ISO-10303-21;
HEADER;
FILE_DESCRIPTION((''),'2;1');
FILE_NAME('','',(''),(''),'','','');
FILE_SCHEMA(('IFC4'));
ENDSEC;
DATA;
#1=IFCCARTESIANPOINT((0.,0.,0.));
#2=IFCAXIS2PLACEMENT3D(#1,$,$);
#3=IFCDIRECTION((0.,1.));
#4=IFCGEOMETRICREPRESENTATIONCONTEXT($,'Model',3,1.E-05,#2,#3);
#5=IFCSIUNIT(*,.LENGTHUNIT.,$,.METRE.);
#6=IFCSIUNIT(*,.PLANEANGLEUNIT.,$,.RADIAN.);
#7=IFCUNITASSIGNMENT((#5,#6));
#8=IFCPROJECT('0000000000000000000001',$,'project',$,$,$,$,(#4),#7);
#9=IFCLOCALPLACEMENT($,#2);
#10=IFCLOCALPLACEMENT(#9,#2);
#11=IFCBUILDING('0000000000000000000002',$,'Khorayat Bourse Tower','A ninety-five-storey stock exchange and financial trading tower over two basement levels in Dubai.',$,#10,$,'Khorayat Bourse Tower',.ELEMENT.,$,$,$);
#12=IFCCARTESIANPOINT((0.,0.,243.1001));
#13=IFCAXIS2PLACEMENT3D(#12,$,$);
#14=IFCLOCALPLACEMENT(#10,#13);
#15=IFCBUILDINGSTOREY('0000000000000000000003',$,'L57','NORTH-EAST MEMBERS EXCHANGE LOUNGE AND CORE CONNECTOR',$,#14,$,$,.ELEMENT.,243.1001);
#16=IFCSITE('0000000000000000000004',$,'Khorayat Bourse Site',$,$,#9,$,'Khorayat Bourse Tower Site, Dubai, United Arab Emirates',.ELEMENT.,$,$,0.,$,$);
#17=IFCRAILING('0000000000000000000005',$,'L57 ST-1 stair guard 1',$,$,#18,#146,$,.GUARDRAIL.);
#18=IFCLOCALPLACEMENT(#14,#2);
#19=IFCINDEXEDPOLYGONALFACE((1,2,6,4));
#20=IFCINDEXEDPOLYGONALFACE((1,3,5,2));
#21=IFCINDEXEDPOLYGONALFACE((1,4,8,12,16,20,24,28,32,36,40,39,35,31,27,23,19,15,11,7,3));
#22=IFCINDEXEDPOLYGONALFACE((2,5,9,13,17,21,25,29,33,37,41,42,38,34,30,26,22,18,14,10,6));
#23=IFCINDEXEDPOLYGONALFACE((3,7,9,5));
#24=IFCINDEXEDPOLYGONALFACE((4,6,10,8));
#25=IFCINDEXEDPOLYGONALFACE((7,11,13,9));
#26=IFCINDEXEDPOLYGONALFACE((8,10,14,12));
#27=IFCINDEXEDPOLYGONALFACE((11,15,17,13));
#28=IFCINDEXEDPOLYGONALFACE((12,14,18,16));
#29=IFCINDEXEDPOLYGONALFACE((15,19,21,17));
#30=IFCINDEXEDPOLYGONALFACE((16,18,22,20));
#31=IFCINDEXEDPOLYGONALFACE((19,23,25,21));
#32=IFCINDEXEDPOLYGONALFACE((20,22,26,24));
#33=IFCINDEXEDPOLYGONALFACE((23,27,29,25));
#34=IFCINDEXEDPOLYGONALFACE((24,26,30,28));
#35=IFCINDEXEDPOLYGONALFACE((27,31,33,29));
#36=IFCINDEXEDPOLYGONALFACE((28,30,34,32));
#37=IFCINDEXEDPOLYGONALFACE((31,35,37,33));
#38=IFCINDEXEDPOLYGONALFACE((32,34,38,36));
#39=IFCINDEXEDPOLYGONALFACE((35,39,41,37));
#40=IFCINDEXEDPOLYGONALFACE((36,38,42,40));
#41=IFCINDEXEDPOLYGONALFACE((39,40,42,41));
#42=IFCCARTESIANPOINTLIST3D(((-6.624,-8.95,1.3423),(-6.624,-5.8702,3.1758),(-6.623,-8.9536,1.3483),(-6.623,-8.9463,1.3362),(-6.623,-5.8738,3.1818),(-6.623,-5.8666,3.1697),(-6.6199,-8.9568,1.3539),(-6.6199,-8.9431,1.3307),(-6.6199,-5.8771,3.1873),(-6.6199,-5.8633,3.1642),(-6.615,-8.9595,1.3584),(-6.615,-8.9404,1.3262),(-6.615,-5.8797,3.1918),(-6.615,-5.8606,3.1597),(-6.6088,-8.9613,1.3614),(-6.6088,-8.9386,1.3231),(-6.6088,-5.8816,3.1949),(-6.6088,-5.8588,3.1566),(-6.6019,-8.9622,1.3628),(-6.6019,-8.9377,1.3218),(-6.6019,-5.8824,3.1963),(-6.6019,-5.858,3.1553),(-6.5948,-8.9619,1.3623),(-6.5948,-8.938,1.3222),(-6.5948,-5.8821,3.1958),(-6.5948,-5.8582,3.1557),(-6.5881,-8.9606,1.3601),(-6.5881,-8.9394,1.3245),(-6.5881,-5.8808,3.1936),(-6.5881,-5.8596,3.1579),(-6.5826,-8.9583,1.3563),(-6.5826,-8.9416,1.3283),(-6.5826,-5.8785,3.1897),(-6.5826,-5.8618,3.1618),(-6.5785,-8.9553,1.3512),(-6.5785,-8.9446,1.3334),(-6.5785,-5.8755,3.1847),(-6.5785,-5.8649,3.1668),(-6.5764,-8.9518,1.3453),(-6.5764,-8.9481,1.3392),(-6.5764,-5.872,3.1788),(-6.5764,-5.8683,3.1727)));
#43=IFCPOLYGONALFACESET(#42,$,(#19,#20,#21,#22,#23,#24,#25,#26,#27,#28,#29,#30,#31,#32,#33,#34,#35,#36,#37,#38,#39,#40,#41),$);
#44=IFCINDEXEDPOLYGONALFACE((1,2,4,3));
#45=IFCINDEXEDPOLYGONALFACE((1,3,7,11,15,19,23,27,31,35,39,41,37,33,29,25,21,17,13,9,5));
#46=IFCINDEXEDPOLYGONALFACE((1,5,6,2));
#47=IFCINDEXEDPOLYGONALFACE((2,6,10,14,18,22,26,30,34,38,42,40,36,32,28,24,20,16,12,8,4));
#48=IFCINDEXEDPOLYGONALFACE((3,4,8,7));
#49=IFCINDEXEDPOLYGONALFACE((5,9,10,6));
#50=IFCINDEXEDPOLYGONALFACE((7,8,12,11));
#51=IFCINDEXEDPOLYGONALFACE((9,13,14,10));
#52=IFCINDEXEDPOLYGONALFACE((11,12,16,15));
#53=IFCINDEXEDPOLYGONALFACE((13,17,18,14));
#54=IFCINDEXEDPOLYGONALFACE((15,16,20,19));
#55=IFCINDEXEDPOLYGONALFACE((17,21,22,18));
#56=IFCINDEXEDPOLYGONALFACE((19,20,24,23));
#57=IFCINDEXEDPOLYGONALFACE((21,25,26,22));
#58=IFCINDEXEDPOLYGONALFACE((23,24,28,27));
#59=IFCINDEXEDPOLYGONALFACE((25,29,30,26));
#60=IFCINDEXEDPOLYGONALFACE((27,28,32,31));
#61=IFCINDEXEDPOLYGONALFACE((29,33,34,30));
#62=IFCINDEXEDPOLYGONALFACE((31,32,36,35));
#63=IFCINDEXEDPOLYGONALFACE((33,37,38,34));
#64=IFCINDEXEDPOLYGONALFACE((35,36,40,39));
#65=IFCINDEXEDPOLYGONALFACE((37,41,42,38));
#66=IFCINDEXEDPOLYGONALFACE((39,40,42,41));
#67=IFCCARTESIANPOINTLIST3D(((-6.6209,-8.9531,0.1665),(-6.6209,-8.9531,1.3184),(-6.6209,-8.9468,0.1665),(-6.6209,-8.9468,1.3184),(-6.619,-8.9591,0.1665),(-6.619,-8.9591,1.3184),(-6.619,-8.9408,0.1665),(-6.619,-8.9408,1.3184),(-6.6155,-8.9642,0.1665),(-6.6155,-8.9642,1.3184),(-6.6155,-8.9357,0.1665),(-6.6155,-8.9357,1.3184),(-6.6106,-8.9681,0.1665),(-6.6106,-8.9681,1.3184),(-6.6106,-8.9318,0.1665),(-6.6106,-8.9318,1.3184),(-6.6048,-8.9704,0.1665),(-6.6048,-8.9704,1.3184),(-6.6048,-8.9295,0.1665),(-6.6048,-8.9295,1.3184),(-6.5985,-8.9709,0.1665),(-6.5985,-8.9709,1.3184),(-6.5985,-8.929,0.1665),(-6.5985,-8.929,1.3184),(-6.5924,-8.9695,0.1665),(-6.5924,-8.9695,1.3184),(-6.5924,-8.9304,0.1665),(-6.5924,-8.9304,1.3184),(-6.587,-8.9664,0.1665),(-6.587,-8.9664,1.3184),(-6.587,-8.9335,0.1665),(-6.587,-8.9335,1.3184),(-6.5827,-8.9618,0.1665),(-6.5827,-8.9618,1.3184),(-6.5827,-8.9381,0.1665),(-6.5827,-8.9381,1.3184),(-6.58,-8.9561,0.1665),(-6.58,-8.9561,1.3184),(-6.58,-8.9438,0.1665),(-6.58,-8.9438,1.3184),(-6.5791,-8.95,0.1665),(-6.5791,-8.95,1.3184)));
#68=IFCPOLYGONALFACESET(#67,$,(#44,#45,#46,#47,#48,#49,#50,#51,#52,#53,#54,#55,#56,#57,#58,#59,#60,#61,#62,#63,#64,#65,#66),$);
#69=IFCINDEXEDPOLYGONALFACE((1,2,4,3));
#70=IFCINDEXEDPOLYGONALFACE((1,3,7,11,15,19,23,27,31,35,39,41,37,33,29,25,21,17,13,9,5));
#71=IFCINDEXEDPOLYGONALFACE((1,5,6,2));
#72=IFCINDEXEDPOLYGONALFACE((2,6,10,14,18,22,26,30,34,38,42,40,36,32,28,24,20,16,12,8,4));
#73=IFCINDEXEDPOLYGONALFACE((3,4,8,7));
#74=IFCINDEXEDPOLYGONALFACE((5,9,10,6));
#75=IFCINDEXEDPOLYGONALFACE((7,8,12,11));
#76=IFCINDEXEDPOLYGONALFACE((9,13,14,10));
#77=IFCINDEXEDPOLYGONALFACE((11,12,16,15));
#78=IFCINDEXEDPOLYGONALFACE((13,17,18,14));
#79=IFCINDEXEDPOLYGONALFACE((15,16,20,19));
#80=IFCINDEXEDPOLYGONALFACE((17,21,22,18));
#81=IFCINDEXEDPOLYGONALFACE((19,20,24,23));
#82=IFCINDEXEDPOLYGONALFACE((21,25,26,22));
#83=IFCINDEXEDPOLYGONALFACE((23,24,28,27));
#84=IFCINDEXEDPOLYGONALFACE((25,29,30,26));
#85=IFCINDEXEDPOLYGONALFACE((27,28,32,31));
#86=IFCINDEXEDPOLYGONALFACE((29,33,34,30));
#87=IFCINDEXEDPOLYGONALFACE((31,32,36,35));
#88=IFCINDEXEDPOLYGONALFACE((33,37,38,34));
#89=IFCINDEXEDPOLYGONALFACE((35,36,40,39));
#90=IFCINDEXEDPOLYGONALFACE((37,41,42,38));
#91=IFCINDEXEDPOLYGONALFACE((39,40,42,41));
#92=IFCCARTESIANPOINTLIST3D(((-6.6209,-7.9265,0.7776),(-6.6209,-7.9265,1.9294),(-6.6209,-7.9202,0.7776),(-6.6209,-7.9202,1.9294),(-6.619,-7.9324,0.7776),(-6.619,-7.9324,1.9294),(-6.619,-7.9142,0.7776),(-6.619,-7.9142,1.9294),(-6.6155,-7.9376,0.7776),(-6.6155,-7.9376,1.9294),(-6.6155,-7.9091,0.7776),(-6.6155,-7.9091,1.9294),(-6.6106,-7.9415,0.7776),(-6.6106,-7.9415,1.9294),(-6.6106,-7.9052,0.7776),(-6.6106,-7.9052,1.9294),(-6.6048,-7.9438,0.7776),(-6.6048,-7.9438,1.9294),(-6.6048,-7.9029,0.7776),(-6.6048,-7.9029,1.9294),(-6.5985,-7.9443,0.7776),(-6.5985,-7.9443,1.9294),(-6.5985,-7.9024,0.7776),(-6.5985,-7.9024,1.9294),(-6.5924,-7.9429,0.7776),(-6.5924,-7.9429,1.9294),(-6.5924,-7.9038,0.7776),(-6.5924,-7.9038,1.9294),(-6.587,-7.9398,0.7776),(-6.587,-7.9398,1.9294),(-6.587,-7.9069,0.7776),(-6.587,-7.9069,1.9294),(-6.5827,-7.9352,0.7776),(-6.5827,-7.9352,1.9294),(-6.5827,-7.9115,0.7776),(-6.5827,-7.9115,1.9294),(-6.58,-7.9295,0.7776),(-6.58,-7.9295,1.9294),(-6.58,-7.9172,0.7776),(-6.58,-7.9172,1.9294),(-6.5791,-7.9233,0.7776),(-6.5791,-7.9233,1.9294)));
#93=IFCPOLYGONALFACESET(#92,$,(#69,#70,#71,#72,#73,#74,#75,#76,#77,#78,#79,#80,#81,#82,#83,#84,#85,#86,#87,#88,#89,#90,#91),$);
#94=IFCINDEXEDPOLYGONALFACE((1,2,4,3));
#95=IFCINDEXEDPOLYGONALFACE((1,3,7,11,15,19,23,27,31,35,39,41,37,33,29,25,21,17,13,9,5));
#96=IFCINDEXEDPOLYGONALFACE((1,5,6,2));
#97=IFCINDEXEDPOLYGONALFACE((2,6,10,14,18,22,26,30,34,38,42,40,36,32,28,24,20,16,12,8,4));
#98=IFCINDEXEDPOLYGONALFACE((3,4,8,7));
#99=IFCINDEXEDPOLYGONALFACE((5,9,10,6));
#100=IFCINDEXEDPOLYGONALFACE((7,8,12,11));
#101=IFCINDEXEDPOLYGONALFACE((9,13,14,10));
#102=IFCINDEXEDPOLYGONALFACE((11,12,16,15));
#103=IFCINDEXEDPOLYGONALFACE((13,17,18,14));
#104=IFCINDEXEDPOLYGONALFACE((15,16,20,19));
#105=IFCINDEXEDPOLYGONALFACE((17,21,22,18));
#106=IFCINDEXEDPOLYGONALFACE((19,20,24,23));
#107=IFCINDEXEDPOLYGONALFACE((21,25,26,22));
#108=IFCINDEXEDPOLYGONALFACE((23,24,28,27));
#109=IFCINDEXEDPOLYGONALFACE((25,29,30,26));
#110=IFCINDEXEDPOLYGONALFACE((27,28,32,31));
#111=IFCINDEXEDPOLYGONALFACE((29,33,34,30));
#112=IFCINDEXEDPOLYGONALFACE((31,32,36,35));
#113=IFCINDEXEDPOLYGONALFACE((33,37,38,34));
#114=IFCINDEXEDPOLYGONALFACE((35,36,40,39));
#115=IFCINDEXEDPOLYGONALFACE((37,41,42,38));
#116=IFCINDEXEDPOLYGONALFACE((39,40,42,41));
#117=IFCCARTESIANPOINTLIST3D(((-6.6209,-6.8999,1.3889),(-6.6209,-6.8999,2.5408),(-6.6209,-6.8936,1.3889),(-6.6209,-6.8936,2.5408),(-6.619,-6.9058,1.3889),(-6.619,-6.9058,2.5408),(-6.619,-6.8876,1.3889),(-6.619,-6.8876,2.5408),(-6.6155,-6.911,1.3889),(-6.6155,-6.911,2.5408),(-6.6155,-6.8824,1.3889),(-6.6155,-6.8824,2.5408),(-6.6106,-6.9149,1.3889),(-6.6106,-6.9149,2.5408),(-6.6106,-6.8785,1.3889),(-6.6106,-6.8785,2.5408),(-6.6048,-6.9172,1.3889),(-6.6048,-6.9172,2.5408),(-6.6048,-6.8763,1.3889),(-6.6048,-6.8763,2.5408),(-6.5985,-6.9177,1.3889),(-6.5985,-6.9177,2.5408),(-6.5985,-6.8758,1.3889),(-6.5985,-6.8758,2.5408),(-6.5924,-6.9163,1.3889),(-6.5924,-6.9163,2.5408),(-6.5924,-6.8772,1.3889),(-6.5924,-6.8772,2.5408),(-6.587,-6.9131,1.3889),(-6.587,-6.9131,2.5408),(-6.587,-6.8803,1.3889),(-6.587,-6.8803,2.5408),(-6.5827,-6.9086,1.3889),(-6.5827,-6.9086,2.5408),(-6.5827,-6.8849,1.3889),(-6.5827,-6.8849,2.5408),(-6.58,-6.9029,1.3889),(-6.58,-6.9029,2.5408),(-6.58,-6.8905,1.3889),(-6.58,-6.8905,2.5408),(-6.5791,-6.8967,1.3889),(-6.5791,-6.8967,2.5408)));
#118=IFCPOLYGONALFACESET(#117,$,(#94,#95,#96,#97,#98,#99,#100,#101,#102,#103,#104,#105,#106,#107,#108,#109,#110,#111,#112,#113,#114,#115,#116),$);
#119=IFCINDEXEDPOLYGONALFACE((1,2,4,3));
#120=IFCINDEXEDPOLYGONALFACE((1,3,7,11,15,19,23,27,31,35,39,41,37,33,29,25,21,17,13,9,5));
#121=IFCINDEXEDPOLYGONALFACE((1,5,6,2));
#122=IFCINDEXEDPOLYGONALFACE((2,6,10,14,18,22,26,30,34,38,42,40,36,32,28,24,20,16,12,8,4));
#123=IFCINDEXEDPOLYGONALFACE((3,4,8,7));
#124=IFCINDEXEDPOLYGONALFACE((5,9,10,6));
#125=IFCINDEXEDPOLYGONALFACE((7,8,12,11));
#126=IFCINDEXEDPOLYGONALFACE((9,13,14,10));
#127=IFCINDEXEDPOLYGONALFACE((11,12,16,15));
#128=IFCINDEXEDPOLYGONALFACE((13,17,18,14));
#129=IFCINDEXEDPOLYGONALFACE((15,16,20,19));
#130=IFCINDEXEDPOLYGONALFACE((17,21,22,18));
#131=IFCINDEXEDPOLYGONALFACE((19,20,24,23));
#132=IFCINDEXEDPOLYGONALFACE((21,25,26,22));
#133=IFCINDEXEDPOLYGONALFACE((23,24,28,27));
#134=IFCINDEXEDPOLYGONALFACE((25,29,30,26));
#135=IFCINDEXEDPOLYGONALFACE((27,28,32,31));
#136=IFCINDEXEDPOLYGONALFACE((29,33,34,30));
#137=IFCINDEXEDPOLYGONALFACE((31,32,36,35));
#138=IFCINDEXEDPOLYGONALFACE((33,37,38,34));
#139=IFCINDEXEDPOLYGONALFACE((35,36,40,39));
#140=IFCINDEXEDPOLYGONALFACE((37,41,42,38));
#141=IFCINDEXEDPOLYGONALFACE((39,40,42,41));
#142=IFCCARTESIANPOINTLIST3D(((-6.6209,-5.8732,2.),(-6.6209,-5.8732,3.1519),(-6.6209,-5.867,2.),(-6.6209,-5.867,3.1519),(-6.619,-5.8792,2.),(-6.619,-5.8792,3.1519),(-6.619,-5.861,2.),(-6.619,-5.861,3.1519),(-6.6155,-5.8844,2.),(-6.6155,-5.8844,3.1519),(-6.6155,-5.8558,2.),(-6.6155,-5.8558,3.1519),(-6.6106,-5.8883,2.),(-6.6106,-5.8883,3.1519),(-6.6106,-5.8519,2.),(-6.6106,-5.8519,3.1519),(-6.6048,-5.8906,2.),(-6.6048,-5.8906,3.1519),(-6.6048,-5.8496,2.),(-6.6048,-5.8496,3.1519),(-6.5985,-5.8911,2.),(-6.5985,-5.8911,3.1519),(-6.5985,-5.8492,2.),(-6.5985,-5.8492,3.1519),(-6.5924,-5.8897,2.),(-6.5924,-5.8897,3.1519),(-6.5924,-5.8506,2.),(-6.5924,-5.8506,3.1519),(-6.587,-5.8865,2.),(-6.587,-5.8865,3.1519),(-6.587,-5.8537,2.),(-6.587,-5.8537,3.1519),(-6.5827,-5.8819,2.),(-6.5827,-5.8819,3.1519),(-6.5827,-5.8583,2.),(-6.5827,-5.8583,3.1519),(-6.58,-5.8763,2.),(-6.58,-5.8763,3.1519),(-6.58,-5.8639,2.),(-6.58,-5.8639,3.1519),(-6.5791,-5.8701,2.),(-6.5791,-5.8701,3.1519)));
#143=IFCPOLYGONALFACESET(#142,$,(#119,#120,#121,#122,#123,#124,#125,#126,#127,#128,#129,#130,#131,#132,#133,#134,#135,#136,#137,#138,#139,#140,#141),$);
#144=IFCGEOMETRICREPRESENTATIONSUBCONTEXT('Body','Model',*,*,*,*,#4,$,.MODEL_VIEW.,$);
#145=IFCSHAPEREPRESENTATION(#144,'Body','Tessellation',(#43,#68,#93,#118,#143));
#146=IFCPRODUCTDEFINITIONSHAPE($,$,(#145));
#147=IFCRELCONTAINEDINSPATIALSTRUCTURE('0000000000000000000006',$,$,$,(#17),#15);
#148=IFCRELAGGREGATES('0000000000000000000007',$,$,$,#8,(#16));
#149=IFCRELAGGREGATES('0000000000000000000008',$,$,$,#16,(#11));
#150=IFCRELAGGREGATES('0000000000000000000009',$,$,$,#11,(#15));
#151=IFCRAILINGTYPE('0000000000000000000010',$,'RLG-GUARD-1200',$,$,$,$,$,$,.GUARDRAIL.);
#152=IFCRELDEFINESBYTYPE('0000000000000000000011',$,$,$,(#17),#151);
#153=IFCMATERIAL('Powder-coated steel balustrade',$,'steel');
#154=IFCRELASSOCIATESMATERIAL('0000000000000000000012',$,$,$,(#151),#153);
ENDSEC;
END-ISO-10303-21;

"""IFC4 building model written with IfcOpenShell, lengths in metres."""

from ifc_helpers import new_model, si_unit, direction, frame, origin, origin_2d, place, context, subcontext, project, spatial, circle, extrude, source, transform, mapped, material, type_object, element, save


model = new_model("IFC4")

# Units and contexts
model_context = context("Model", 3, precision=1e-05, world=origin(), true_north=direction((0.0, 1.0)))
body_context = subcontext(model_context, "Body", "Model", "MODEL_VIEW")
ifc_project = project(units=[si_unit("LENGTHUNIT", "METRE"), si_unit("PLANEANGLEUNIT", "RADIAN")], contexts=[model_context])

# Site, building, storey
site_placement = place(None, origin())
site = spatial("IfcSite", under=ifc_project, at=site_placement, Name="Khorayat Bourse Site", LongName="Khorayat Bourse Tower Site, Dubai, United Arab Emirates", CompositionType="ELEMENT", RefElevation=0.0)
building_placement = place(site_placement, origin())
building = spatial("IfcBuilding", under=site, at=building_placement, Name="Khorayat Bourse Tower", Description="A ninety-five-storey stock exchange and financial trading tower over two basement levels in Dubai.", LongName="Khorayat Bourse Tower", CompositionType="ELEMENT")
storey_placement = place(building_placement, frame((0.0, 0.0, 243.1001)))
storey = spatial("IfcBuildingStorey", under=building, at=storey_placement, Name="L57", Description="NORTH-EAST MEMBERS EXCHANGE LOUNGE AND CORE CONNECTOR", CompositionType="ELEMENT", Elevation=243.1001)

# Railing
ifc_material_1 = material(Name="Powder-coated steel balustrade", Category="steel")
railing_type_1 = type_object("IfcRailingType", Name="RLG-GUARD-1200", PredefinedType="GUARDRAIL", material=ifc_material_1)
shared_shape_1 = source(origin(), body_context, "Body", "SweptSolid", [
    extrude(circle(Radius=0.0239, at=origin_2d()), frame((0.0, 0.0, 1.1758), z_axis=(0.0, 0.859261, 0.511538), x_axis=(-1.0, 0.0, 0.0)), (0.0, 0.0, 1.0), 3.5842),
    extrude(circle(Radius=0.021, at=origin_2d()), origin(), (0.0, 0.0, 1.0), 1.1519),
    extrude(circle(Radius=0.021, at=origin_2d()), frame((0.0, 1.0266, 0.6111)), (0.0, 0.0, 1.0), 1.1519),
    extrude(circle(Radius=0.021, at=origin_2d()), frame((0.0, 2.0532, 1.2224)), (0.0, 0.0, 1.0), 1.1519),
    extrude(circle(Radius=0.021, at=origin_2d()), frame((0.0, 3.0798, 1.8335)), (0.0, 0.0, 1.0), 1.1519),
])
railing_1_placement = place(storey_placement, frame((-6.6001, -8.95, 0.1665)))
element("IfcRailing", 1, at=railing_1_placement, inside=storey, type_object=railing_type_1, Name="L57 ST-1 stair guard 1", PredefinedType="GUARDRAIL", context=body_context, shape_type="MappedRepresentation", body=[
    mapped(shared_shape_1, transform((0.0, 0.0, 0.0), scale=1.0)),
])

save(model, "model.ifc")
